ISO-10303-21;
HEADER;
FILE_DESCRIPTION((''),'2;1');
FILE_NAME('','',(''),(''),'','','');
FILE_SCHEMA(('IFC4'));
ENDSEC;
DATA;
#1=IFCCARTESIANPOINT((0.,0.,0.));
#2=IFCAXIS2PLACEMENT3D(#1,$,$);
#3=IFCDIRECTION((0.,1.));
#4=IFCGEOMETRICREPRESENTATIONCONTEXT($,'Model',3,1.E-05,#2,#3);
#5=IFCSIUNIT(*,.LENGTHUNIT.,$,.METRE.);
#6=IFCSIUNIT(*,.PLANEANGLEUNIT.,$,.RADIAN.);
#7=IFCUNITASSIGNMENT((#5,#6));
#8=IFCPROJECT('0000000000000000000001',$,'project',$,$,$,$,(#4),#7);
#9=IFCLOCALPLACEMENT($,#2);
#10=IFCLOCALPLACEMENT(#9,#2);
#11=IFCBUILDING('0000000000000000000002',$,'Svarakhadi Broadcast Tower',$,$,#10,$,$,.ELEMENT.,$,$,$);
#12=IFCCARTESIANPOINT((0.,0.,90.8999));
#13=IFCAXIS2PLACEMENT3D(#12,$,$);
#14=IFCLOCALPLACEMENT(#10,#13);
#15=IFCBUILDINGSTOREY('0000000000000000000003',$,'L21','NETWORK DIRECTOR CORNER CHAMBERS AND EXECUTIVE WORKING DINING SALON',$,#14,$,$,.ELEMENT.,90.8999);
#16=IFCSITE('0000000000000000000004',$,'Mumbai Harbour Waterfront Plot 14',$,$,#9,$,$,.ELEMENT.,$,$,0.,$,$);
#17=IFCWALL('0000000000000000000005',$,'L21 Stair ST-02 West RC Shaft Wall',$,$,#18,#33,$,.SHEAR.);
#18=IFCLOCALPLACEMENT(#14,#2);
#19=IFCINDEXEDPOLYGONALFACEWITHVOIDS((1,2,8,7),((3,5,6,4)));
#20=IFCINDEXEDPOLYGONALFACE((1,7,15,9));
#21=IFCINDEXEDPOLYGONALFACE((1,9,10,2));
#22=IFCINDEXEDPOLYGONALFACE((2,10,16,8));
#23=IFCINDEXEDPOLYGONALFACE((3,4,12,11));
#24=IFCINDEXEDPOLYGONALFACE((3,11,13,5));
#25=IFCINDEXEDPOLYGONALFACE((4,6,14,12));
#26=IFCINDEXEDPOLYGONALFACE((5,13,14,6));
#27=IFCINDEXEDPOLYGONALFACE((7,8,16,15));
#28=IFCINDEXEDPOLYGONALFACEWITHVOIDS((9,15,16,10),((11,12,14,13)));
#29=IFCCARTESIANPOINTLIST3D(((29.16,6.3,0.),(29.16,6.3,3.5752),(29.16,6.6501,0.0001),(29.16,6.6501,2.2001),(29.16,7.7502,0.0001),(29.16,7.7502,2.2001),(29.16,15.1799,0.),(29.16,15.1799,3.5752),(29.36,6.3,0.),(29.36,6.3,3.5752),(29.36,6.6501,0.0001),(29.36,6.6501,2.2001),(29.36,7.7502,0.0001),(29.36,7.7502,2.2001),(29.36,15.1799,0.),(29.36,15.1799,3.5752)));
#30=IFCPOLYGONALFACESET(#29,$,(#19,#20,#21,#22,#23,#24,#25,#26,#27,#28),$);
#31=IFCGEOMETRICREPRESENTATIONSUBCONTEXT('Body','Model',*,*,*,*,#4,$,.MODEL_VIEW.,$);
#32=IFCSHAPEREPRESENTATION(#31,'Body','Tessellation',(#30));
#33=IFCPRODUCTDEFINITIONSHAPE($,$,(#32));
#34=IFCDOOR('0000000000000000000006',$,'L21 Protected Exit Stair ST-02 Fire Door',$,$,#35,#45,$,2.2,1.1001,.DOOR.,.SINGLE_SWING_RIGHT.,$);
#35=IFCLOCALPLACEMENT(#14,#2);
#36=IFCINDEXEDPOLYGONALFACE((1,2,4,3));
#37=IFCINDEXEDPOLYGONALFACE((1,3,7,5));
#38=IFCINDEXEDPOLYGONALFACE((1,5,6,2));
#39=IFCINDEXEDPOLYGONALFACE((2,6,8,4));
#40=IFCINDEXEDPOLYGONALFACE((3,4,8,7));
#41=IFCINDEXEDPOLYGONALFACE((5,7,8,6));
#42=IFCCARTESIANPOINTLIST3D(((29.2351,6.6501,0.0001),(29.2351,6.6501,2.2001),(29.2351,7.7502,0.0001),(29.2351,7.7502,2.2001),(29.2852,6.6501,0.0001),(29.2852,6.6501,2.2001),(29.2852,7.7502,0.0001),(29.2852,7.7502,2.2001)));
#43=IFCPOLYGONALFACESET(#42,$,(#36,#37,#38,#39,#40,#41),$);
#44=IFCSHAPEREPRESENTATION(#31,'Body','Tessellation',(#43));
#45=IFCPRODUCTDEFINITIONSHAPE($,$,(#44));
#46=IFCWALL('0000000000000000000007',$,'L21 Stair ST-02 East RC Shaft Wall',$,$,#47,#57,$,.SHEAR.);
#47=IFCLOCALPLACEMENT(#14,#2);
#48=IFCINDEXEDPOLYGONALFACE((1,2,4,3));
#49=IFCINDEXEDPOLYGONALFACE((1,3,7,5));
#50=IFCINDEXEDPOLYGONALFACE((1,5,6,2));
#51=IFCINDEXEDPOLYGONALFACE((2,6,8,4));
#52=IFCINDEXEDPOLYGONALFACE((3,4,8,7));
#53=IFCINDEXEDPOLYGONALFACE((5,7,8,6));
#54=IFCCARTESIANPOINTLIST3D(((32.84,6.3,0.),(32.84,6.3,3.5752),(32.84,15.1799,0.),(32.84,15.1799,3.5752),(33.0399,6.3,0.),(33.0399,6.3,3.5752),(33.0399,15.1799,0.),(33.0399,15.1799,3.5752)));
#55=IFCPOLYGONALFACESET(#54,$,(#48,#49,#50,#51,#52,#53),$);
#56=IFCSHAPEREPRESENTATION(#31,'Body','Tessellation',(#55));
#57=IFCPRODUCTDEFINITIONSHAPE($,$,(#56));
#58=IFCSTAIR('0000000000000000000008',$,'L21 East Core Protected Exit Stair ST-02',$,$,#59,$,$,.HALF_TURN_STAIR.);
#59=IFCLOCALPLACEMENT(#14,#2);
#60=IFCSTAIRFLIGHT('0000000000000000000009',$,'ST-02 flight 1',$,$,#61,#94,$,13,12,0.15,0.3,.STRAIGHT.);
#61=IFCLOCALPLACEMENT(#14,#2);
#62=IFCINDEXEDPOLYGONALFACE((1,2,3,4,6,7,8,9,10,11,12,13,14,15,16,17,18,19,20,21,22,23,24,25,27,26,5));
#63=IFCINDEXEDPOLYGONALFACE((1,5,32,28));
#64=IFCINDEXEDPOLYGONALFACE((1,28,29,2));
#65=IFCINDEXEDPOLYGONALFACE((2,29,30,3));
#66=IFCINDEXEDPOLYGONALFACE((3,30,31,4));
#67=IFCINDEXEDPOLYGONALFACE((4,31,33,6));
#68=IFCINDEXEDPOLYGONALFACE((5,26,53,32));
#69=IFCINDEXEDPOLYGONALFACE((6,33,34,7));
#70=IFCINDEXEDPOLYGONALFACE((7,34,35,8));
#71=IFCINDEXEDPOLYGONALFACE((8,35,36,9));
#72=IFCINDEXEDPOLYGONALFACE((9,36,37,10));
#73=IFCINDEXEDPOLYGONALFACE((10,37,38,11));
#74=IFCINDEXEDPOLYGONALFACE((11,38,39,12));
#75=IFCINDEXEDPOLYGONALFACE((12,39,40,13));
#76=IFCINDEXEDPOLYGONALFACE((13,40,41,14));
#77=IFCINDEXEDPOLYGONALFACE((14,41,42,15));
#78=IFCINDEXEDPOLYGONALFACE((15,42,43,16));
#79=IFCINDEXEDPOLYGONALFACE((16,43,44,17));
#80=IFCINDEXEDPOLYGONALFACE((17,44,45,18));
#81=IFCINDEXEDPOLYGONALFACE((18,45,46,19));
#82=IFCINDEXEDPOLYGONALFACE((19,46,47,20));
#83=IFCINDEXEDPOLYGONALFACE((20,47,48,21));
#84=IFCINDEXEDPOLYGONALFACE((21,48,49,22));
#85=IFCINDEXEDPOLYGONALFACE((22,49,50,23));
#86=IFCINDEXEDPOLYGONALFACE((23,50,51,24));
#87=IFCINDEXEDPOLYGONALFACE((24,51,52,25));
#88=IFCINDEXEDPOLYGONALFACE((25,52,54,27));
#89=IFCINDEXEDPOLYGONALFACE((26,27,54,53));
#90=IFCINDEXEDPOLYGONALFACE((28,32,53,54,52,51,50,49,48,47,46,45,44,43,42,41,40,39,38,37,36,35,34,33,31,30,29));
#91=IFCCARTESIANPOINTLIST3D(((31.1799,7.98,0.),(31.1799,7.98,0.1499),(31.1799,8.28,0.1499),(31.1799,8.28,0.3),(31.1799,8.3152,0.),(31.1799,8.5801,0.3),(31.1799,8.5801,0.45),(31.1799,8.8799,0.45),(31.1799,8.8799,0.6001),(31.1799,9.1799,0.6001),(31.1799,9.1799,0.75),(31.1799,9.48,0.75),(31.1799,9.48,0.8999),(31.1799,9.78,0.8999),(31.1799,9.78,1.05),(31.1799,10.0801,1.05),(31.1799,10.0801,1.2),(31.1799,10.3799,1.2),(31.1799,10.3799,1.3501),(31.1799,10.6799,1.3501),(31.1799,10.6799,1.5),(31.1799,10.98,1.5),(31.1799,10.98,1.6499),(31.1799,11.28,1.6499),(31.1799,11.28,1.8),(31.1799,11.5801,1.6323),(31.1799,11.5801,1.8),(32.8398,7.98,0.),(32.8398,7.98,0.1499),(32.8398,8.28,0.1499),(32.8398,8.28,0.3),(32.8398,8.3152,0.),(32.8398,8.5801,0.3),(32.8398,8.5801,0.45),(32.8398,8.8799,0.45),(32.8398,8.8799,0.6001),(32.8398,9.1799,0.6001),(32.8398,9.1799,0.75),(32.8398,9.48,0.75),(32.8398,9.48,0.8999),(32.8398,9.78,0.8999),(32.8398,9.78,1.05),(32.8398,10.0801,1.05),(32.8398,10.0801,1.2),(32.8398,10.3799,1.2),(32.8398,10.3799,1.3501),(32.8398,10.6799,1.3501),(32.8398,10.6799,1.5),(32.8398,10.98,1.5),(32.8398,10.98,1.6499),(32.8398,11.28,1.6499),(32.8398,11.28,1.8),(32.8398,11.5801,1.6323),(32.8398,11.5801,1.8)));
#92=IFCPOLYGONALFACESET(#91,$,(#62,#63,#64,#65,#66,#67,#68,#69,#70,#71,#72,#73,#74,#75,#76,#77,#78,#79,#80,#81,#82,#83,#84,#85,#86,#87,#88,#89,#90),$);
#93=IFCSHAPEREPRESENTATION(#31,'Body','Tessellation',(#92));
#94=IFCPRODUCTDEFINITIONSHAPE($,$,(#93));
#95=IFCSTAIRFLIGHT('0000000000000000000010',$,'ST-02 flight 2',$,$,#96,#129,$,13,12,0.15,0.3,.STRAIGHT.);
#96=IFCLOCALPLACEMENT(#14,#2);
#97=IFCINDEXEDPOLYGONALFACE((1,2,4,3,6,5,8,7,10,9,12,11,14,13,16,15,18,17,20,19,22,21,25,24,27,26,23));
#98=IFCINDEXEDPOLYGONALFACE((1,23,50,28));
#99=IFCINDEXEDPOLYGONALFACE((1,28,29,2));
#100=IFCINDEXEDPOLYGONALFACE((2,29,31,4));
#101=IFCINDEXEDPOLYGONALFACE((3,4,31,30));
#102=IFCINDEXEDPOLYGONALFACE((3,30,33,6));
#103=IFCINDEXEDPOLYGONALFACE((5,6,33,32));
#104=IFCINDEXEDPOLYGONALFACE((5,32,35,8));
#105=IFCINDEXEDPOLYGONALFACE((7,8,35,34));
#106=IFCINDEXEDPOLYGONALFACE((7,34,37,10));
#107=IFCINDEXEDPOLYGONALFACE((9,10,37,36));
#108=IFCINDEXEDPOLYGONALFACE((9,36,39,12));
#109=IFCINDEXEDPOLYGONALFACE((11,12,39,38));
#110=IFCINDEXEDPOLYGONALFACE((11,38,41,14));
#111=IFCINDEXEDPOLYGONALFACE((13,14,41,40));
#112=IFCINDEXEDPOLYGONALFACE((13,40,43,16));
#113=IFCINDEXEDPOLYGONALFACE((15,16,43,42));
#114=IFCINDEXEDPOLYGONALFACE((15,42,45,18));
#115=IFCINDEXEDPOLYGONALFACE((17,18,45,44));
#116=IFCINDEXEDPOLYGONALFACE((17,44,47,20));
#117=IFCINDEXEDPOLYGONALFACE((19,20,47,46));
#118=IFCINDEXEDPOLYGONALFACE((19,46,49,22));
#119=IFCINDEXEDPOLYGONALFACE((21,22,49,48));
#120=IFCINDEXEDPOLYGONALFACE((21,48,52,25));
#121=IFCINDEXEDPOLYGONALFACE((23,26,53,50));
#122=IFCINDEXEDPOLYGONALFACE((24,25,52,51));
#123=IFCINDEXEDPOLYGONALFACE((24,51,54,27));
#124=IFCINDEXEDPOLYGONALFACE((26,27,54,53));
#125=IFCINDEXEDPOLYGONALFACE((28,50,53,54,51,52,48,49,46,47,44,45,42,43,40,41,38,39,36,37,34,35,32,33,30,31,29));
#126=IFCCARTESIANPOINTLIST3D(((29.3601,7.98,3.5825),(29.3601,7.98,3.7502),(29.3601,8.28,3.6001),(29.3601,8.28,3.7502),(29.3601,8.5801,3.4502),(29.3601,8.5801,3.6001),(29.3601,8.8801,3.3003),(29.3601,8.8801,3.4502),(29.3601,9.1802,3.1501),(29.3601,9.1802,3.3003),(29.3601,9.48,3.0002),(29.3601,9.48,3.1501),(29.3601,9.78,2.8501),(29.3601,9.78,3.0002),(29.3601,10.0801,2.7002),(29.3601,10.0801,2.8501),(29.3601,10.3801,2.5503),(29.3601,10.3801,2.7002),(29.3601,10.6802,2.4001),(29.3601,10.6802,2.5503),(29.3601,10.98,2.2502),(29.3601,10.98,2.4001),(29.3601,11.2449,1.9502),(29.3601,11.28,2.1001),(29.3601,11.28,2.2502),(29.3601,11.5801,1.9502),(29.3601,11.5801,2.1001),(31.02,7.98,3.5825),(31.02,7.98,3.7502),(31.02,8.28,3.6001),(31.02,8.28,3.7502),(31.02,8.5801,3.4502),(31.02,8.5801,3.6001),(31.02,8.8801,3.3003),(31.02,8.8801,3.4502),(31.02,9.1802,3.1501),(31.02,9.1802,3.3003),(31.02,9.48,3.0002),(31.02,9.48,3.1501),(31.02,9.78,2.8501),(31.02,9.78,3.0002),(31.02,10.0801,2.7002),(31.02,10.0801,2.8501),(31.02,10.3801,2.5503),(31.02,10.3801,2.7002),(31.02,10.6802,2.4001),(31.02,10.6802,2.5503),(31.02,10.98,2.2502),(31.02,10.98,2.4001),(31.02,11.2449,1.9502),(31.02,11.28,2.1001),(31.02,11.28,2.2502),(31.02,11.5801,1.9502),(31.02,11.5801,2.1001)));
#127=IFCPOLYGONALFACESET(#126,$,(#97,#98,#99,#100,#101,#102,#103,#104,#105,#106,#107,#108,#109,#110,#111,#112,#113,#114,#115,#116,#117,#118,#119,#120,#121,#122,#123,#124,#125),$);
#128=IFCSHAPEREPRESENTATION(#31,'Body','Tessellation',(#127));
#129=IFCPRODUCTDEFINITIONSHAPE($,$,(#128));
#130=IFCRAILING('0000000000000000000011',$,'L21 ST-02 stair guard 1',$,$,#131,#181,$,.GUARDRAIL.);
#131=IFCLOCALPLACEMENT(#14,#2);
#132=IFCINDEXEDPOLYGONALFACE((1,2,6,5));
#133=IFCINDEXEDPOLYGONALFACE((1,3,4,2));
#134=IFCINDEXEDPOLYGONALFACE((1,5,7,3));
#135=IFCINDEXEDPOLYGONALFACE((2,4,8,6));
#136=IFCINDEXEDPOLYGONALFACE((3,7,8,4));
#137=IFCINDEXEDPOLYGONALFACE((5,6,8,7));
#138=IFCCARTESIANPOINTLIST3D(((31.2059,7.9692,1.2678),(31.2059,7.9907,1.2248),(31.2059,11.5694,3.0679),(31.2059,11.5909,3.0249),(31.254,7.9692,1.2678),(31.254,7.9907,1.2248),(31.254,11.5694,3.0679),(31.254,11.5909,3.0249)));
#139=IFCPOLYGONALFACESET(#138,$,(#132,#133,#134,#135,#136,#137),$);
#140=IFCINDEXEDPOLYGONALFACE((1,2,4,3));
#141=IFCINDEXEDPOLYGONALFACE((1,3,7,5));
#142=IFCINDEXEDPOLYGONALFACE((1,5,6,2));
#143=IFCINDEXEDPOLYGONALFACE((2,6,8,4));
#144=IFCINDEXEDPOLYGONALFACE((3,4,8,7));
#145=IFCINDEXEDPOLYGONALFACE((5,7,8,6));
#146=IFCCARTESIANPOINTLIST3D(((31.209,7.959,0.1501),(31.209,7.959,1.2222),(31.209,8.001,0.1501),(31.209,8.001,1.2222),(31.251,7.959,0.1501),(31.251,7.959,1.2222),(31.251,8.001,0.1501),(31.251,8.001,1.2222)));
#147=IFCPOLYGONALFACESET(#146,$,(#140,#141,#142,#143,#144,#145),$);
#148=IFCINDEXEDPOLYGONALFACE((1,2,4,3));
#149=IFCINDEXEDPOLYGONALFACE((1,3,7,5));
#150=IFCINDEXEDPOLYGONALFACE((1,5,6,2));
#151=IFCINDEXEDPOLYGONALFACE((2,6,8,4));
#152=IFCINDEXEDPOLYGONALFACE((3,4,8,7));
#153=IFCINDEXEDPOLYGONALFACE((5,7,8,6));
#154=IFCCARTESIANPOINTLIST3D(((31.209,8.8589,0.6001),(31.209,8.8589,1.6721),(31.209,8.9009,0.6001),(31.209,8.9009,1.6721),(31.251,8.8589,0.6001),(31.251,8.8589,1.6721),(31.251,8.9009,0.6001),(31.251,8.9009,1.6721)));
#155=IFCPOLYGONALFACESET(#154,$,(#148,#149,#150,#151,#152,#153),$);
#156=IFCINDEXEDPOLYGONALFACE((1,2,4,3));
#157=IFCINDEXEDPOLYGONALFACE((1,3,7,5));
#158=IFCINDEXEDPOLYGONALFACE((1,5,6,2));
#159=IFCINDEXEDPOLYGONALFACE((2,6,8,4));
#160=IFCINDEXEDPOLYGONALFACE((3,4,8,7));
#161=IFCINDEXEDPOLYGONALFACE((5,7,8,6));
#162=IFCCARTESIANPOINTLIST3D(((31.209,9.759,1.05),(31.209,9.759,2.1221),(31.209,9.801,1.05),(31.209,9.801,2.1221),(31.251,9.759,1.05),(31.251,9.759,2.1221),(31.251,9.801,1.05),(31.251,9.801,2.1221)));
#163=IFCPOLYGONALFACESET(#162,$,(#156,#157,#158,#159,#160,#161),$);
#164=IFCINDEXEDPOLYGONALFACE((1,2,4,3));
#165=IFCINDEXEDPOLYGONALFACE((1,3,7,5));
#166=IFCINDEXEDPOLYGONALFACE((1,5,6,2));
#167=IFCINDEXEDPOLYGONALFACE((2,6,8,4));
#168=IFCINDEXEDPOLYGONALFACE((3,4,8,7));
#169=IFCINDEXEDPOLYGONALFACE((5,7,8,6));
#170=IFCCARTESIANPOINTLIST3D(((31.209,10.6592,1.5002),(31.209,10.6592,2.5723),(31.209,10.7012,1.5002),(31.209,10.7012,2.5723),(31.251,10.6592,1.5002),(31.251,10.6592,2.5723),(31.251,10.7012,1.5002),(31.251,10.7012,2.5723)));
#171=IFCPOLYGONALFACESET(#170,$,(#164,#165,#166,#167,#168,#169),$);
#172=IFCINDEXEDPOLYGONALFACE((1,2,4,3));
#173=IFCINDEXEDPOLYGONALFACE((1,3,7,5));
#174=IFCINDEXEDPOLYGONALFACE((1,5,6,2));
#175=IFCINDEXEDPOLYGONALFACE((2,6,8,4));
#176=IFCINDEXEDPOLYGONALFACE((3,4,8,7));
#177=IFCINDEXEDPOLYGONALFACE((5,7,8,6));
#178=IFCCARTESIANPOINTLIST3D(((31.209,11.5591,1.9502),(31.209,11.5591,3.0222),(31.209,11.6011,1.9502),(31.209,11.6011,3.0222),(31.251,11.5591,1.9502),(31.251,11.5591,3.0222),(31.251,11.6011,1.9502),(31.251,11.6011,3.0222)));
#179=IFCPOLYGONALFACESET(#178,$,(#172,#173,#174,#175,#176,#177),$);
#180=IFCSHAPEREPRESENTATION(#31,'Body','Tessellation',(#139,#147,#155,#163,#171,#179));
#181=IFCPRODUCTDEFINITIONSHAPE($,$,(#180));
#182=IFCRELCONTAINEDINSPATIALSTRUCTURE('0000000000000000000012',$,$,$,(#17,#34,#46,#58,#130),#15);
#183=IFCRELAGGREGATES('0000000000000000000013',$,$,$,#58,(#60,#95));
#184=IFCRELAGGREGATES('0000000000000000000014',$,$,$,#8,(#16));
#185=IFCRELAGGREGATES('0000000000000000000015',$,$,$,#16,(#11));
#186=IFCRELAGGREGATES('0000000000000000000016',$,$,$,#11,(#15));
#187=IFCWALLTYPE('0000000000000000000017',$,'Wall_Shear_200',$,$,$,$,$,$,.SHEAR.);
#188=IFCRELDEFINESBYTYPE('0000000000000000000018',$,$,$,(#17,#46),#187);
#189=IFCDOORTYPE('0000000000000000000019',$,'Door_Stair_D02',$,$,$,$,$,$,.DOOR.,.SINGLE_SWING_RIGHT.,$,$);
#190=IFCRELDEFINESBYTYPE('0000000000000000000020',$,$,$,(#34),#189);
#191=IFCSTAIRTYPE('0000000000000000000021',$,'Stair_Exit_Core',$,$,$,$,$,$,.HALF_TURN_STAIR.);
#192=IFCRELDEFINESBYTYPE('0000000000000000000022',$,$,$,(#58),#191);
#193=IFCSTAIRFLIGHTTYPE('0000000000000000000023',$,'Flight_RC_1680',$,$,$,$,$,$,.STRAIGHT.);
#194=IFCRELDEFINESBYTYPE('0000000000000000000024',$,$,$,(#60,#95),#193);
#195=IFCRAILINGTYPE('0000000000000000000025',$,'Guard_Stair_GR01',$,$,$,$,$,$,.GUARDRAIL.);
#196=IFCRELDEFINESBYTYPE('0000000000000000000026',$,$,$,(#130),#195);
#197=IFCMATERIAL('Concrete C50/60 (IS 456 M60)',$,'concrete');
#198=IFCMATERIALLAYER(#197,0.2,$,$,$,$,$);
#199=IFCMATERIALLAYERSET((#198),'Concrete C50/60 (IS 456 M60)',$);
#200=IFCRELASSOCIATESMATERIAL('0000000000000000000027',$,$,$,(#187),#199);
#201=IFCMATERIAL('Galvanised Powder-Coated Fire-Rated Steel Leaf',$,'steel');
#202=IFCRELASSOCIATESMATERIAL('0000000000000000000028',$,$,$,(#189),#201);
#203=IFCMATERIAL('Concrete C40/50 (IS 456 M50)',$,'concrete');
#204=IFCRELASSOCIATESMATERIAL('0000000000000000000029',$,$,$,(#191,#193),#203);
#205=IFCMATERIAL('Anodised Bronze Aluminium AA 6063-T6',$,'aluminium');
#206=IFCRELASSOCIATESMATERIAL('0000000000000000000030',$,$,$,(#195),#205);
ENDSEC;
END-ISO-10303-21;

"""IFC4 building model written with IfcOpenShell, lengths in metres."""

from ifc_helpers import new_model, si_unit, direction, frame, frame_2d, origin, origin_2d, place, context, subcontext, project, spatial, polyline, rectangle, outline, extrude, material, layer, layer_set, type_object, element, fill, aggregate, save


model = new_model("IFC4")

# Units and contexts
model_context = context("Model", 3, precision=1e-05, world=origin(), true_north=direction((0.0, 1.0)))
body_context = subcontext(model_context, "Body", "Model", "MODEL_VIEW")
ifc_project = project(units=[si_unit("LENGTHUNIT", "METRE"), si_unit("PLANEANGLEUNIT", "RADIAN")], contexts=[model_context])

# Site, building, storey
site_placement = place(None, origin())
site = spatial("IfcSite", under=ifc_project, at=site_placement, Name="Mumbai Harbour Waterfront Plot 14", CompositionType="ELEMENT", RefElevation=0.0)
building_placement = place(site_placement, origin())
building = spatial("IfcBuilding", under=site, at=building_placement, Name="Svarakhadi Broadcast Tower", CompositionType="ELEMENT")
storey_placement = place(building_placement, frame((0.0, 0.0, 90.8999)))
storey = spatial("IfcBuildingStorey", under=building, at=storey_placement, Name="L21", Description="NETWORK DIRECTOR CORNER CHAMBERS AND EXECUTIVE WORKING DINING SALON", CompositionType="ELEMENT", Elevation=90.8999)

# Shared definitions
ifc_material_1 = material(Name="Anodised Bronze Aluminium AA 6063-T6", Category="aluminium")

# Shared definitions
ifc_material_2 = material(Name="Concrete C50/60 (IS 456 M60)", Category="concrete")

# Shared definitions
ifc_material_3 = material(Name="Concrete C40/50 (IS 456 M50)", Category="concrete")

# Wall, opening, door
ifc_layer_1 = layer(ifc_material_2, 0.2)
ifc_layer_set_1 = layer_set([ifc_layer_1], Name="Concrete C50/60 (IS 456 M60)")
wall_type_1 = type_object("IfcWallType", Name="Wall_Shear_200", PredefinedType="SHEAR", material=ifc_layer_set_1)
wall_1_placement = place(storey_placement, frame((29.26, 6.3, 0.0), z_axis=(0.0, 0.0, 1.0), x_axis=(0.0, 1.0, 0.0)))
wall_1 = element("IfcWall", 1, at=wall_1_placement, inside=storey, type_object=wall_type_1, Name="L21 Stair ST-02 West RC Shaft Wall", PredefinedType="SHEAR", context=body_context, shape_type="SweptSolid", body=[
    extrude(rectangle(XDim=8.8799, YDim=0.2, at=frame_2d((4.4399, 0.0))), origin(), (0.0, 0.0, 1.0), 3.5752),
])
opening_1_placement = place(wall_1_placement, frame((0.3501, 0.0, 0.0)))
opening_1 = element("IfcOpeningElement", 2, at=opening_1_placement, cuts=wall_1, PredefinedType="OPENING", context=body_context, shape_type="SweptSolid", body=[
    extrude(rectangle(XDim=1.1001, YDim=2.2, at=frame_2d((0.55, 1.1001))), frame((0.0, 0.1099, 0.0), z_axis=(0.0, -1.0, 0.0), x_axis=(1.0, 0.0, 0.0)), (0.0, 0.0, 1.0), 0.22),
])
ifc_material_4 = material(Name="Galvanised Powder-Coated Fire-Rated Steel Leaf", Category="steel")
door_type_1 = type_object("IfcDoorType", Name="Door_Stair_D02", OperationType="SINGLE_SWING_RIGHT", PredefinedType="DOOR", material=ifc_material_4)
door_1_placement = place(opening_1_placement, origin())
door_1 = element("IfcDoor", 3, at=door_1_placement, inside=storey, type_object=door_type_1, Name="L21 Protected Exit Stair ST-02 Fire Door", OperationType="SINGLE_SWING_RIGHT", OverallHeight=2.2, OverallWidth=1.1001, PredefinedType="DOOR", context=body_context, shape_type="SweptSolid", body=[
    extrude(rectangle(XDim=1.1001, YDim=2.2, at=frame_2d((0.55, 1.1001))), frame((0.0, 0.0249, 0.0), z_axis=(0.0, -1.0, 0.0), x_axis=(1.0, 0.0, 0.0)), (0.0, 0.0, 1.0), 0.05),
])
fill(opening_1, door_1)

# Wall
wall_2_placement = place(storey_placement, frame((32.9399, 6.3, 0.0), z_axis=(0.0, 0.0, 1.0), x_axis=(0.0, 1.0, 0.0)))
element("IfcWall", 4, at=wall_2_placement, inside=storey, type_object=wall_type_1, Name="L21 Stair ST-02 East RC Shaft Wall", PredefinedType="SHEAR", context=body_context, shape_type="SweptSolid", body=[
    extrude(rectangle(XDim=8.8799, YDim=0.2, at=frame_2d((4.4399, 0.0))), origin(), (0.0, 0.0, 1.0), 3.5752),
])

# Stair, stair flights
stair_type = type_object("IfcStairType", Name="Stair_Exit_Core", PredefinedType="HALF_TURN_STAIR", material=ifc_material_3)
stair_placement = place(storey_placement, origin())
stair = element("IfcStair", 5, at=stair_placement, inside=storey, type_object=stair_type, Name="L21 East Core Protected Exit Stair ST-02", PredefinedType="HALF_TURN_STAIR")
stair_flight_type = type_object("IfcStairFlightType", Name="Flight_RC_1680", PredefinedType="STRAIGHT", material=ifc_material_3)
stair_flight_1_placement = place(storey_placement, frame((32.01, 7.98, 0.0), z_axis=(0.0, 0.0, 1.0), x_axis=(0.0, 1.0, 0.0)))
stair_flight_1 = element("IfcStairFlight", 6, at=stair_flight_1_placement, type_object=stair_flight_type, Name="ST-02 flight 1", NumberOfRisers=13, NumberOfTreads=12, PredefinedType="STRAIGHT", RiserHeight=0.15, TreadLength=0.3, context=body_context, shape_type="SweptSolid", body=[
    extrude(outline(polyline([(0.0, 0.0), (0.0, 0.1499), (0.3, 0.1499), (0.3, 0.3), (0.6001, 0.3), (0.6001, 0.45), (0.8999, 0.45), (0.8999, 0.6001), (1.2, 0.6001), (1.2, 0.75), (1.5, 0.75), (1.5, 0.8999), (1.8, 0.8999), (1.8, 1.05), (2.1001, 1.05), (2.1001, 1.2), (2.3999, 1.2), (2.3999, 1.3501), (2.7, 1.3501), (2.7, 1.5), (3.0, 1.5), (3.0, 1.6499), (3.3, 1.6499), (3.3, 1.8), (3.6001, 1.8), (3.6001, 1.95), (3.6001, 1.6323), (0.3352, 0.0), (0.0, 0.0)])), frame((0.0, 0.8301, 0.0), z_axis=(0.0, -1.0, 0.0), x_axis=(1.0, 0.0, 0.0)), (0.0, 0.0, 1.0), 1.6599),
])
stair_flight_2_placement = place(storey_placement, frame((30.1899, 11.5801, 1.9502), z_axis=(0.0, 0.0, 1.0), x_axis=(0.0, -1.0, 0.0)))
stair_flight_2 = element("IfcStairFlight", 7, at=stair_flight_2_placement, type_object=stair_flight_type, Name="ST-02 flight 2", NumberOfRisers=13, NumberOfTreads=12, PredefinedType="STRAIGHT", RiserHeight=0.15, TreadLength=0.3, context=body_context, shape_type="SweptSolid", body=[
    extrude(outline(polyline([(0.0, 0.0), (0.0, 0.1499), (0.3, 0.1499), (0.3, 0.3), (0.6001, 0.3), (0.6001, 0.45), (0.8999, 0.45), (0.8999, 0.6001), (1.2, 0.6001), (1.2, 0.75), (1.5, 0.75), (1.5, 0.8999), (1.8, 0.8999), (1.8, 1.05), (2.1001, 1.05), (2.1001, 1.2), (2.3999, 1.2), (2.3999, 1.3501), (2.7, 1.3501), (2.7, 1.5), (3.0, 1.5), (3.0, 1.6499), (3.3, 1.6499), (3.3, 1.8), (3.6001, 1.8), (3.6001, 1.95), (3.6001, 1.6323), (0.3352, 0.0), (0.0, 0.0)])), frame((0.0, 0.8301, 0.0), z_axis=(0.0, -1.0, 0.0), x_axis=(1.0, 0.0, 0.0)), (0.0, 0.0, 1.0), 1.6599),
])
aggregate(stair, [stair_flight_1, stair_flight_2])

# Railing
railing_type_1 = type_object("IfcRailingType", Name="Guard_Stair_GR01", PredefinedType="GUARDRAIL", material=ifc_material_1)
railing_1_placement = place(storey_placement, frame((31.23, 7.98, 0.1501)))
element("IfcRailing", 8, at=railing_1_placement, inside=storey, type_object=railing_type_1, Name="L21 ST-02 stair guard 1", PredefinedType="GUARDRAIL", context=body_context, shape_type="SweptSolid", body=[
    extrude(rectangle(XDim=0.0481, YDim=0.0481, at=origin_2d()), frame((0.0, 0.0, 1.0962), z_axis=(0.0, 0.894427, 0.447214), x_axis=(-1.0, 0.0, 0.0)), (0.0, 0.0, 1.0), 4.0251),
    extrude(rectangle(XDim=0.042, YDim=0.042, at=origin_2d()), origin(), (0.0, 0.0, 1.0), 1.072),
    extrude(rectangle(XDim=0.042, YDim=0.042, at=origin_2d()), frame((0.0, 0.8999, 0.45)), (0.0, 0.0, 1.0), 1.072),
    extrude(rectangle(XDim=0.042, YDim=0.042, at=origin_2d()), frame((0.0, 1.8, 0.8999)), (0.0, 0.0, 1.0), 1.072),
    extrude(rectangle(XDim=0.042, YDim=0.042, at=origin_2d()), frame((0.0, 2.7002, 1.3501)), (0.0, 0.0, 1.0), 1.072),
    extrude(rectangle(XDim=0.042, YDim=0.042, at=origin_2d()), frame((0.0, 3.6001, 1.8)), (0.0, 0.0, 1.0), 1.072),
])

save(model, "model.ifc")
